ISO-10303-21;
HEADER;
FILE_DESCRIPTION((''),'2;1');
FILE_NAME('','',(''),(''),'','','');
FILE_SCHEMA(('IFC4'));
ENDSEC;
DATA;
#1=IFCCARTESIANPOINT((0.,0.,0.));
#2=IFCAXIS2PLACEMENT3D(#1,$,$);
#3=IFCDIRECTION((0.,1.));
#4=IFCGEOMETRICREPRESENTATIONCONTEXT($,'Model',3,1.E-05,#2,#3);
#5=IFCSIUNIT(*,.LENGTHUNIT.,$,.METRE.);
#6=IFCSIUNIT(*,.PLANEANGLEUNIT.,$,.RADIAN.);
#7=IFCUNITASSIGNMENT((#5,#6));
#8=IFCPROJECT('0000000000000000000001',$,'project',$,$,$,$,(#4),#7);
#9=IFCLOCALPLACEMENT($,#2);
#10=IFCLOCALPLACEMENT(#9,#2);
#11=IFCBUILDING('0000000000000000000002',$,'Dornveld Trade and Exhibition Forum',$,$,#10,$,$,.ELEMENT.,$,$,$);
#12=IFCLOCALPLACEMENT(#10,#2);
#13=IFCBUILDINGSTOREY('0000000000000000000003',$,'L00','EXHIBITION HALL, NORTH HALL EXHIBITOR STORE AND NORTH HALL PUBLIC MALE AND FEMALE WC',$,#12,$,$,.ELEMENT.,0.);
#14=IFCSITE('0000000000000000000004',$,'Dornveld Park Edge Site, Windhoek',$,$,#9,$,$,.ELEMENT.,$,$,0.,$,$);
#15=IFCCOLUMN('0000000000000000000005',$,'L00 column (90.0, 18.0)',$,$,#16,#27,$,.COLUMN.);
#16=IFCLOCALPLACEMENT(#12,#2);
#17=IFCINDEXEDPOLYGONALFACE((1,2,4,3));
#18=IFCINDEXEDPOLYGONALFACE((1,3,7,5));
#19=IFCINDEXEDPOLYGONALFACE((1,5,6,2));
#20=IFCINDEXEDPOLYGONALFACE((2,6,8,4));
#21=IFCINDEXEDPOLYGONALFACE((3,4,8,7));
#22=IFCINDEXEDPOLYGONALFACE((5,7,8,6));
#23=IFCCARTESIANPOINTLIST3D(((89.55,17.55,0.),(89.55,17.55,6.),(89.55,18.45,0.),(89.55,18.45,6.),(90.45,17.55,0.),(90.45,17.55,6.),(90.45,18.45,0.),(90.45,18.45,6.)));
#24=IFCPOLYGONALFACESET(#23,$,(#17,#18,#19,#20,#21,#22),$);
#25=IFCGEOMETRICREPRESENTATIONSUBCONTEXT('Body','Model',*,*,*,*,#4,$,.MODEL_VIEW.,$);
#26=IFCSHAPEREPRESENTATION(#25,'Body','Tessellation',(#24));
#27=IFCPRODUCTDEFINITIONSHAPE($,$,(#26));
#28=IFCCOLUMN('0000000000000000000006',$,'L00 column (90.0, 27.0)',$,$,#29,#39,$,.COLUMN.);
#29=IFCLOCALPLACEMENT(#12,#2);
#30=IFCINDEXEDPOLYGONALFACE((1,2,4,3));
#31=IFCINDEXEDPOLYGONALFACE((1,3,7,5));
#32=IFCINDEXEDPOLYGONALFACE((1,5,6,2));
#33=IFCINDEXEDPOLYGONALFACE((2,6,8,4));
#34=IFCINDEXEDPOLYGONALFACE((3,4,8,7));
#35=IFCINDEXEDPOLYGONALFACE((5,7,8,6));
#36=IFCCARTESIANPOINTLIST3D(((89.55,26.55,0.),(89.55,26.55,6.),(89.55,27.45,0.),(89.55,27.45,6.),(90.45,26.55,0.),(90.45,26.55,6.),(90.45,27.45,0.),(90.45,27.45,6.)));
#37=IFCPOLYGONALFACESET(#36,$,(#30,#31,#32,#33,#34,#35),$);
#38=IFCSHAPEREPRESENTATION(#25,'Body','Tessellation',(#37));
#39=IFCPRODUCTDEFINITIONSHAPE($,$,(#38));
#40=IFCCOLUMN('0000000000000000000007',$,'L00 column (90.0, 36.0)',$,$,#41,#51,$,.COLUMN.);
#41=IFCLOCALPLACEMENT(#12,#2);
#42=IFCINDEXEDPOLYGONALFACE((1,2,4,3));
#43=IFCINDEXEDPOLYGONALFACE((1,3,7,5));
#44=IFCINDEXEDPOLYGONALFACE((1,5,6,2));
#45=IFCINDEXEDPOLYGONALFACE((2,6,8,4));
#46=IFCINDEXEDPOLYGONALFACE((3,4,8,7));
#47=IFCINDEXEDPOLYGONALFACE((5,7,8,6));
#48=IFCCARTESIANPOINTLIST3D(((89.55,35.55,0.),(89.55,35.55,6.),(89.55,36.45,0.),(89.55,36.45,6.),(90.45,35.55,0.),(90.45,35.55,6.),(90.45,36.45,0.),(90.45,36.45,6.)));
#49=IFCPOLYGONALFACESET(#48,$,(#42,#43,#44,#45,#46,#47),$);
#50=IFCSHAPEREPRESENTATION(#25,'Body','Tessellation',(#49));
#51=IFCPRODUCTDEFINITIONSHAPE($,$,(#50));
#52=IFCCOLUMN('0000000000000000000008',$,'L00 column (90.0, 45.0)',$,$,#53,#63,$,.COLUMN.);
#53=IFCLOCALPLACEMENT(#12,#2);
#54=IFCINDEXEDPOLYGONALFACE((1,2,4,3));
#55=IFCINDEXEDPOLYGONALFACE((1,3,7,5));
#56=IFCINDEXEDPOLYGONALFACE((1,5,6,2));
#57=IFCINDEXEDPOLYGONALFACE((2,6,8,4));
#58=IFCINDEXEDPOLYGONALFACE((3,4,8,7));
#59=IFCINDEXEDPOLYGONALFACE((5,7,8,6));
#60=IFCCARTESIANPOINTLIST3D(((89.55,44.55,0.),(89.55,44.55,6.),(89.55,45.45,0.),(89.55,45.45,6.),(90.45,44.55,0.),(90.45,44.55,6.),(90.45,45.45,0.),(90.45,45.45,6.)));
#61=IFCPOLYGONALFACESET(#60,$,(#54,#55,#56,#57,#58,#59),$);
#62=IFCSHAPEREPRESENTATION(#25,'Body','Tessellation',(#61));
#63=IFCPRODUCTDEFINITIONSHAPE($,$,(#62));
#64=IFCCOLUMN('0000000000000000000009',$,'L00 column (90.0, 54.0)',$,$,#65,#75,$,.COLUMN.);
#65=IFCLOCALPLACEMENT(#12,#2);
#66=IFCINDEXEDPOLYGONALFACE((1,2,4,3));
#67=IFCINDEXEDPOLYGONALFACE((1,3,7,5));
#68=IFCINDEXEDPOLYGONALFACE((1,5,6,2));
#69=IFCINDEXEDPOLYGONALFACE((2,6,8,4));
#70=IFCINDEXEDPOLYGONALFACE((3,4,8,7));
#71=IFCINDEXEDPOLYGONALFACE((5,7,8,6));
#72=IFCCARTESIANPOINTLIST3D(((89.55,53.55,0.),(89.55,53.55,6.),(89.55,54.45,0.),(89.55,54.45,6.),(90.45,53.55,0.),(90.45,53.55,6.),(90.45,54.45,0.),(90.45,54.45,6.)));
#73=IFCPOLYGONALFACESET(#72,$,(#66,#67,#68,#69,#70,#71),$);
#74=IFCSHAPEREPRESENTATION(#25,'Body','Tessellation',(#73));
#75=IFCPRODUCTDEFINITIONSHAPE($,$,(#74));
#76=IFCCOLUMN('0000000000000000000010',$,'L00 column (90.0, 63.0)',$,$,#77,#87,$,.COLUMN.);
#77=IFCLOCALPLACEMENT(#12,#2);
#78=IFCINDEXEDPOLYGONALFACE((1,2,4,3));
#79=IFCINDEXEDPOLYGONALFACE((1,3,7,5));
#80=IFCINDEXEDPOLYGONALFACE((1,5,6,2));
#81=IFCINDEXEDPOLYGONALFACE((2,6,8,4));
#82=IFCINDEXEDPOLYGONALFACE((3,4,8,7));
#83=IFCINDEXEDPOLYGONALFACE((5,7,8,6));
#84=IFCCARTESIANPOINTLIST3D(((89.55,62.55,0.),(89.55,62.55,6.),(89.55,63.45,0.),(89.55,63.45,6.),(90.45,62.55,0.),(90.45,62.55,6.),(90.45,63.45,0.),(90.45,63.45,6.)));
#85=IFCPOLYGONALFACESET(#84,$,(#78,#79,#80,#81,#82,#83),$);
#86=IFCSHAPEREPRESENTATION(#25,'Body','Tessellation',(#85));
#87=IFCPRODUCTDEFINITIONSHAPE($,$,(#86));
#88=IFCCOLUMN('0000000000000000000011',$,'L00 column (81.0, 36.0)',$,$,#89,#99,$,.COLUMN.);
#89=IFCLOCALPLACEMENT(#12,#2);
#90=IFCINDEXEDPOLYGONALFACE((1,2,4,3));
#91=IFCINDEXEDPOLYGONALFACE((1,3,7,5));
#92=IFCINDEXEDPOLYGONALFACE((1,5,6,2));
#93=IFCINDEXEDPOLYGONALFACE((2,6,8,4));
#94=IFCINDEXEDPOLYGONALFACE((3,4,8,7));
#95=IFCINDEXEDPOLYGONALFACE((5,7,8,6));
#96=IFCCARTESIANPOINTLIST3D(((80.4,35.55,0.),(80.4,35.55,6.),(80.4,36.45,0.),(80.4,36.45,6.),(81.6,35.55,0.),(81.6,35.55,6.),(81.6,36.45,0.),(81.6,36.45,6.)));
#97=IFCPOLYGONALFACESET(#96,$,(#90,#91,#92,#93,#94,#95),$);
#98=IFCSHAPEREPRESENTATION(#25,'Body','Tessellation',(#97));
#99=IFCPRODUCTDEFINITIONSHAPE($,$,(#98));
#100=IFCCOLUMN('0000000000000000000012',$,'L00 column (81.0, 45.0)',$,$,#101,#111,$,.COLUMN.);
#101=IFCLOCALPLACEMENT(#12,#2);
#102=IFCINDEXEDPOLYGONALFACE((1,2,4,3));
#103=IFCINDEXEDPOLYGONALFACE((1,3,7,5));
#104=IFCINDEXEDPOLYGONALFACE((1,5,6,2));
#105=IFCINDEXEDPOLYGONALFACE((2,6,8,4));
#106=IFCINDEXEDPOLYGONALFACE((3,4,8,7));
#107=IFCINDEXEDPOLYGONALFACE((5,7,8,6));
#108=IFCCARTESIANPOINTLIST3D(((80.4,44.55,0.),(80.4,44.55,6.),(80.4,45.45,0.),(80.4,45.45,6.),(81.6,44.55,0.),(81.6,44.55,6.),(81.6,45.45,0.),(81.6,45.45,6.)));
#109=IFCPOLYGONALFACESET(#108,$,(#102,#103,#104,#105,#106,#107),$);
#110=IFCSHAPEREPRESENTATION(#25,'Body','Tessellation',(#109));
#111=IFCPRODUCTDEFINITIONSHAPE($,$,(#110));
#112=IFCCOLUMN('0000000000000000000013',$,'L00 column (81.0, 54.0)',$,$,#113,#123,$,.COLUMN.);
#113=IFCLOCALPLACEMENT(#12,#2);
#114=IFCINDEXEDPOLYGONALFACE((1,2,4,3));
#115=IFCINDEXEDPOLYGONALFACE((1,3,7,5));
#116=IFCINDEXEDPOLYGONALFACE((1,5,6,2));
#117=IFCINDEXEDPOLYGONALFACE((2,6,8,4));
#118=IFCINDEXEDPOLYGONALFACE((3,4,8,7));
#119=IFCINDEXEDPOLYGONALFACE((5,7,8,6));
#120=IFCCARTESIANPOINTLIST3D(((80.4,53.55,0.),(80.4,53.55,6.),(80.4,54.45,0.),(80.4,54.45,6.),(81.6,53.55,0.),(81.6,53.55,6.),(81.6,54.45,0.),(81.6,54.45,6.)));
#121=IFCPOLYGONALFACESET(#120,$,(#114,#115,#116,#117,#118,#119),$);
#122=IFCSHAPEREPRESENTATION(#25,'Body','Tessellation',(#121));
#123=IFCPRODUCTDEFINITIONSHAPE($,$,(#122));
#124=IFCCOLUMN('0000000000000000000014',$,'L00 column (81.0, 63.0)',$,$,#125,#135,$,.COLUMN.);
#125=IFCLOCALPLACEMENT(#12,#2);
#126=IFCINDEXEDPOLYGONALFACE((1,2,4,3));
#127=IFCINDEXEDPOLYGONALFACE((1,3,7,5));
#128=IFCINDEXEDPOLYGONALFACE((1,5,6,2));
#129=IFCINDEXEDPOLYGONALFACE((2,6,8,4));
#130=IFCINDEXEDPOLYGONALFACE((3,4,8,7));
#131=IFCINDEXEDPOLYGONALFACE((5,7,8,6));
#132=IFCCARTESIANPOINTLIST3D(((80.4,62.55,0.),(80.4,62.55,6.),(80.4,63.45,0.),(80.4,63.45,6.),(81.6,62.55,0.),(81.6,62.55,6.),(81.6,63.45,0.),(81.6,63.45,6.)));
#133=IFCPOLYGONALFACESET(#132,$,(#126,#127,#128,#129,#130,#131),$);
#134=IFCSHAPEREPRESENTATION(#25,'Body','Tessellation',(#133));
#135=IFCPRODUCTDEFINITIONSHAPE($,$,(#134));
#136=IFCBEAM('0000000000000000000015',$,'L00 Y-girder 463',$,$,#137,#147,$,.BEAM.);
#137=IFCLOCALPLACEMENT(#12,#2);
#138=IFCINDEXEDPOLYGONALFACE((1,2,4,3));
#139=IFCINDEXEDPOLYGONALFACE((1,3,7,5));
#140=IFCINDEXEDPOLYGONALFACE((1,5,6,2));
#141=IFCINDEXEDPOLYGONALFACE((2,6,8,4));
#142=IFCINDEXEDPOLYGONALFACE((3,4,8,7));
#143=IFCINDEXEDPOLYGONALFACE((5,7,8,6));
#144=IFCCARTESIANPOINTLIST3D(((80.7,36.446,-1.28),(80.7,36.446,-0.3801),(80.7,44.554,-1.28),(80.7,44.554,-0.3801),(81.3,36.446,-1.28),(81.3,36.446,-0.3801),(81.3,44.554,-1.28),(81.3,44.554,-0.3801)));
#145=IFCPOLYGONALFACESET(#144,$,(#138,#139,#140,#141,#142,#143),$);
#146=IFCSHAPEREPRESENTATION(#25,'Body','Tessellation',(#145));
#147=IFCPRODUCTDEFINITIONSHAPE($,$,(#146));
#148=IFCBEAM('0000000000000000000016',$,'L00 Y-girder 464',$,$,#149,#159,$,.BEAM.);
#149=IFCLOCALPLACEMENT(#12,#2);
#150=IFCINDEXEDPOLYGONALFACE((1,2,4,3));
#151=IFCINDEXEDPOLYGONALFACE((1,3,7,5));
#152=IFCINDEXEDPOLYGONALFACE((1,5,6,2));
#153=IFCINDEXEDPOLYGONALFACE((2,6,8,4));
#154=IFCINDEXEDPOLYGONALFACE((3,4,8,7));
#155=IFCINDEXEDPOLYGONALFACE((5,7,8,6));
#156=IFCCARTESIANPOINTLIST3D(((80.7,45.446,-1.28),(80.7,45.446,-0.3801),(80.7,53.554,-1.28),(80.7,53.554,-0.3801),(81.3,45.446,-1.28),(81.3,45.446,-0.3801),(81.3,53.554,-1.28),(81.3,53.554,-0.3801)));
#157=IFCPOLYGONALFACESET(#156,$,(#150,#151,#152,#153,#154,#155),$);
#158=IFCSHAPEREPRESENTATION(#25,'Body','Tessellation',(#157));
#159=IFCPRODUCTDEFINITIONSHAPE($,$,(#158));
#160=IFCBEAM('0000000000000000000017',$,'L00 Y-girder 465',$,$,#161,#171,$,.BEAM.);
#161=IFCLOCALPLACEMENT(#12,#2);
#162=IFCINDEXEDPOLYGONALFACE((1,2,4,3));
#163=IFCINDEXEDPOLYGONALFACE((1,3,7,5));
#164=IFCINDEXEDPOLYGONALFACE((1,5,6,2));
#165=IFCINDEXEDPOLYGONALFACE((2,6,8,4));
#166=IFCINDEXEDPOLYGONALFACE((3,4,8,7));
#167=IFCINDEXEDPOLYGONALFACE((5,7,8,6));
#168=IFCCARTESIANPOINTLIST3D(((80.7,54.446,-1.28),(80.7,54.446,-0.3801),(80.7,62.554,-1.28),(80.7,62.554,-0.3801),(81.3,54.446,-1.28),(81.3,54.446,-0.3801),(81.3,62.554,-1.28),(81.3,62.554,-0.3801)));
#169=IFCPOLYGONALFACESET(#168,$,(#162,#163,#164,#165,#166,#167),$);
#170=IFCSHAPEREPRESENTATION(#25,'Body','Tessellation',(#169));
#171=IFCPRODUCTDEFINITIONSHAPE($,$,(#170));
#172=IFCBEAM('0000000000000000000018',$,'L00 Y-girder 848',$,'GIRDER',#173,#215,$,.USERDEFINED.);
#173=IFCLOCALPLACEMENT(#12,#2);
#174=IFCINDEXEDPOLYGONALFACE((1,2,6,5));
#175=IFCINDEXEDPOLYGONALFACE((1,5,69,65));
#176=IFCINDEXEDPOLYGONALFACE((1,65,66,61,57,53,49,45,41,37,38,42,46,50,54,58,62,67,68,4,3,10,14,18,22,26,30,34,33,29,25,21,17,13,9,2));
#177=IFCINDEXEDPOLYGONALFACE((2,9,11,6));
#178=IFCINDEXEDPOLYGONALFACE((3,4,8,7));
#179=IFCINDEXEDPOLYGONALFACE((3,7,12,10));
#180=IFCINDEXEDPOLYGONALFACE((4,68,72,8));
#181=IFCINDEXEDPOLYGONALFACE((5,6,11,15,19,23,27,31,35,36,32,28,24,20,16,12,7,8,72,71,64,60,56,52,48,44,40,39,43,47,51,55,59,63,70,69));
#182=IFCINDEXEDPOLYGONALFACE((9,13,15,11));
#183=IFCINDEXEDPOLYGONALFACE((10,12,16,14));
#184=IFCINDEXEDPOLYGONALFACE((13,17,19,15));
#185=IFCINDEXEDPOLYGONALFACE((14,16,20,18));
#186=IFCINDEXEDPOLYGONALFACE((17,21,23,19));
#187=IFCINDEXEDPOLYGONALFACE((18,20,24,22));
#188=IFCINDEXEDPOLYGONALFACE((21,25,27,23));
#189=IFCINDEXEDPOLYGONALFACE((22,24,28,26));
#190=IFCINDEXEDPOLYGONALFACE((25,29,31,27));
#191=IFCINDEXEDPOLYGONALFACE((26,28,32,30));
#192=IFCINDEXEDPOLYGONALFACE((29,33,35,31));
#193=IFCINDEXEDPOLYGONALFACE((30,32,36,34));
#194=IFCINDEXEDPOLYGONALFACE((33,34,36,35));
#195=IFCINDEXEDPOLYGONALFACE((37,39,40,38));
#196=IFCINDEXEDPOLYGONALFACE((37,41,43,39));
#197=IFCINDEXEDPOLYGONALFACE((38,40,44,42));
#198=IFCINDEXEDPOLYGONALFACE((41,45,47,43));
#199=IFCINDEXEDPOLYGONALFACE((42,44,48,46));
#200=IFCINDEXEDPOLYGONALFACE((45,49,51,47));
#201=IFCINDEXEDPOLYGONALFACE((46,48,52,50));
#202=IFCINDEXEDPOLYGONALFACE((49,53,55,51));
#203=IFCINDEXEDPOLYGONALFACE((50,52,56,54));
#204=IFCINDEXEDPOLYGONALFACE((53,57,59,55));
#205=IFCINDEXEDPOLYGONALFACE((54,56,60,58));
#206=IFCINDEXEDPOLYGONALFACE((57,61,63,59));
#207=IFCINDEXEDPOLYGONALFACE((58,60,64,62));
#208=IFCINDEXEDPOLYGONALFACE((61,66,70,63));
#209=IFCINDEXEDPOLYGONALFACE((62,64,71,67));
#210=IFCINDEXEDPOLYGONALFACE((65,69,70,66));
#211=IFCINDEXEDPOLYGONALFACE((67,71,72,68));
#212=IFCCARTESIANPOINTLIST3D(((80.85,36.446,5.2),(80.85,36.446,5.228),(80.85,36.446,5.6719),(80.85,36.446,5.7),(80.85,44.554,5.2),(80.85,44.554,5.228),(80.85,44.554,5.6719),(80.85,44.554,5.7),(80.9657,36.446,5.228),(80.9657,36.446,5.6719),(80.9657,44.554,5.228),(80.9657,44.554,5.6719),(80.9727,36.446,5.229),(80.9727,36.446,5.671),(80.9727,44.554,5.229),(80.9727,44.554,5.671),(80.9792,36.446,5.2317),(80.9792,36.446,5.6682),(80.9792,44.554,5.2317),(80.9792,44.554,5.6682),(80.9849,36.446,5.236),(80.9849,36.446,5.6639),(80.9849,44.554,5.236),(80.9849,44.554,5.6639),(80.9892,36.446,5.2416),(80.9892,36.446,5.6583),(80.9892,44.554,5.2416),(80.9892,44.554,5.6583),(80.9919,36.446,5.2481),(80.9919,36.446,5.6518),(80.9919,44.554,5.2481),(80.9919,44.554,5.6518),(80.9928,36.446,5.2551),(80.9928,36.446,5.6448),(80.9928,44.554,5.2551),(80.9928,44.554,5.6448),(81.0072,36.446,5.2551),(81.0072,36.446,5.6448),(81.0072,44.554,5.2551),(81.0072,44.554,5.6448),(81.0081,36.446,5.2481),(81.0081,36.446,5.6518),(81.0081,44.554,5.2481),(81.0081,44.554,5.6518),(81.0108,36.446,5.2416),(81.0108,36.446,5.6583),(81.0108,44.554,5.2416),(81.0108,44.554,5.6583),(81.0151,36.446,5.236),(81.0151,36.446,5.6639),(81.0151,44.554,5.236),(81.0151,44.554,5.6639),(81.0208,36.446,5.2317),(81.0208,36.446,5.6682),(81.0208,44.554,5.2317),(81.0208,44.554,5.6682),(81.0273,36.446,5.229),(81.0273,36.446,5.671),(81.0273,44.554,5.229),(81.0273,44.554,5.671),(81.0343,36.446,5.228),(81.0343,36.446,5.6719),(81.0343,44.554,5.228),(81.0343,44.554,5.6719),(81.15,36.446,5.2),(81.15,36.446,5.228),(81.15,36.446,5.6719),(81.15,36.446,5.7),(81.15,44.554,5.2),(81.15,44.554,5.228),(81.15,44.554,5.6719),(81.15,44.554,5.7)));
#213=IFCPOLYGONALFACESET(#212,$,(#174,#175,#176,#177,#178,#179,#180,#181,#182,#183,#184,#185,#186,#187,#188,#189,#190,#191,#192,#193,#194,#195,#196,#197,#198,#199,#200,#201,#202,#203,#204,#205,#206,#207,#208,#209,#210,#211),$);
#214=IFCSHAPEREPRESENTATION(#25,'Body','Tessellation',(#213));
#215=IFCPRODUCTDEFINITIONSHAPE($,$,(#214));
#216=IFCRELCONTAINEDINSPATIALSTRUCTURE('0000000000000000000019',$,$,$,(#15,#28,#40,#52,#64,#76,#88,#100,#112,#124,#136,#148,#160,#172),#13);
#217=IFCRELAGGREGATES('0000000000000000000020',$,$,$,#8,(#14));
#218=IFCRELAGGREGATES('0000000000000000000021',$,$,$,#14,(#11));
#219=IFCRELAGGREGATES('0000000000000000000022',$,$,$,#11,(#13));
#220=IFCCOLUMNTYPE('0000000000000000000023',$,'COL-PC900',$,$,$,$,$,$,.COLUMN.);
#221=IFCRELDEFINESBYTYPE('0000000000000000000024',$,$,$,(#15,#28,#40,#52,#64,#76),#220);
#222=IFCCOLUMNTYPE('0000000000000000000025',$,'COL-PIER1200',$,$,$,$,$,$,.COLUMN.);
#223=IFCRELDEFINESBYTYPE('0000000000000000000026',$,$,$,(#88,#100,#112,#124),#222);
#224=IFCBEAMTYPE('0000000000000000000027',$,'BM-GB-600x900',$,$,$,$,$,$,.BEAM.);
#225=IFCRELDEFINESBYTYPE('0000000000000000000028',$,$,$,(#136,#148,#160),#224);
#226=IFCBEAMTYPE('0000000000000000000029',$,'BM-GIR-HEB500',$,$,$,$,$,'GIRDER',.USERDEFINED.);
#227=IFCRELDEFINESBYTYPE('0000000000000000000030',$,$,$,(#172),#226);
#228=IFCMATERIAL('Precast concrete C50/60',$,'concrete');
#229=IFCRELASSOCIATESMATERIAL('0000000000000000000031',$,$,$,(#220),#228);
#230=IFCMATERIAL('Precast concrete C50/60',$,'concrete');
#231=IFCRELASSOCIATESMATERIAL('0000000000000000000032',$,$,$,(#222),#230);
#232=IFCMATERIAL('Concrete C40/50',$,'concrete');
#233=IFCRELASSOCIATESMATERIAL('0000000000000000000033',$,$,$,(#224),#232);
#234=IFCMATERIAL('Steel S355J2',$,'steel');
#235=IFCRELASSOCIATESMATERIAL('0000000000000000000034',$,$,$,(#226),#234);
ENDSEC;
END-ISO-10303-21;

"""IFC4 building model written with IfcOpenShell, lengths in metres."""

from ifc_helpers import new_model, si_unit, direction, frame, origin, origin_2d, place, context, subcontext, project, spatial, rectangle, i_section, extrude, material, material_profile, profile_set, type_object, element, save


model = new_model("IFC4")

# Units and contexts
model_context = context("Model", 3, precision=1e-05, world=origin(), true_north=direction((0.0, 1.0)))
body_context = subcontext(model_context, "Body", "Model", "MODEL_VIEW")
ifc_project = project(units=[si_unit("LENGTHUNIT", "METRE"), si_unit("PLANEANGLEUNIT", "RADIAN")], contexts=[model_context])

# Site, building, storey
site_placement = place(None, origin())
site = spatial("IfcSite", under=ifc_project, at=site_placement, Name="Dornveld Park Edge Site, Windhoek", CompositionType="ELEMENT", RefElevation=0.0)
building_placement = place(site_placement, origin())
building = spatial("IfcBuilding", under=site, at=building_placement, Name="Dornveld Trade and Exhibition Forum", CompositionType="ELEMENT")
storey_placement = place(building_placement, origin())
storey = spatial("IfcBuildingStorey", under=building, at=storey_placement, Name="L00", Description="EXHIBITION HALL, NORTH HALL EXHIBITOR STORE AND NORTH HALL PUBLIC MALE AND FEMALE WC", CompositionType="ELEMENT", Elevation=0.0)

# Columns
ifc_material_1 = material(Name="Precast concrete C50/60", Category="concrete")
ifc_material_profile_1 = material_profile(ifc_material_1, rectangle(XDim=0.8999, YDim=0.8999, at=origin_2d()), Name="PC-COL 900x900")
ifc_profile_set_1 = profile_set([ifc_material_profile_1], Name="Precast concrete C50/60")
column_type_1 = type_object("IfcColumnType", Name="COL-PC900", PredefinedType="COLUMN", material=ifc_profile_set_1)
for number, where, z_axis, x_axis, name in (
    (1, (90.0, 18.0, 0.0), (0.0, 0.0, 1.0), (1.0, 0.0, 0.0), "L00 column (90.0, 18.0)"),
    (2, (90.0, 27.0, 0.0), (0.0, 0.0, 1.0), (1.0, 0.0, 0.0), "L00 column (90.0, 27.0)"),
    (3, (90.0, 36.0, 0.0), (0.0, 0.0, 1.0), (1.0, 0.0, 0.0), "L00 column (90.0, 36.0)"),
    (4, (90.0, 45.0, 0.0), (0.0, 0.0, 1.0), (1.0, 0.0, 0.0), "L00 column (90.0, 45.0)"),
    (5, (90.0, 54.0, 0.0), (0.0, 0.0, 1.0), (1.0, 0.0, 0.0), "L00 column (90.0, 54.0)"),
    (6, (90.0, 63.0, 0.0), (0.0, 0.0, 1.0), (1.0, 0.0, 0.0), "L00 column (90.0, 63.0)"),
):
    element("IfcColumn", number, at=place(storey_placement, frame(where, z_axis=z_axis, x_axis=x_axis)), inside=storey, type_object=column_type_1, Name=name, PredefinedType="COLUMN", context=body_context, shape_type="SweptSolid", body=[
        extrude(rectangle(XDim=0.8999, YDim=0.8999, at=origin_2d()), origin(), (0.0, 0.0, 1.0), 6.0),
    ])
ifc_material_2 = material(Name="Precast concrete C50/60", Category="concrete")
ifc_material_profile_2 = material_profile(ifc_material_2, rectangle(XDim=1.2, YDim=0.8999, at=origin_2d()), Name="PC-PIER 1200x900")
ifc_profile_set_2 = profile_set([ifc_material_profile_2], Name="Precast concrete C50/60")
column_type_2 = type_object("IfcColumnType", Name="COL-PIER1200", PredefinedType="COLUMN", material=ifc_profile_set_2)
for number, where, z_axis, x_axis, name in (
    (7, (81.0, 36.0, 0.0), (0.0, 0.0, 1.0), (1.0, 0.0, 0.0), "L00 column (81.0, 36.0)"),
    (8, (81.0, 45.0, 0.0), (0.0, 0.0, 1.0), (1.0, 0.0, 0.0), "L00 column (81.0, 45.0)"),
    (9, (81.0, 54.0, 0.0), (0.0, 0.0, 1.0), (1.0, 0.0, 0.0), "L00 column (81.0, 54.0)"),
    (10, (81.0, 63.0, 0.0), (0.0, 0.0, 1.0), (1.0, 0.0, 0.0), "L00 column (81.0, 63.0)"),
):
    element("IfcColumn", number, at=place(storey_placement, frame(where, z_axis=z_axis, x_axis=x_axis)), inside=storey, type_object=column_type_2, Name=name, PredefinedType="COLUMN", context=body_context, shape_type="SweptSolid", body=[
        extrude(rectangle(XDim=1.2, YDim=0.8999, at=origin_2d()), origin(), (0.0, 0.0, 1.0), 6.0),
    ])

# Beams
ifc_material_3 = material(Name="Concrete C40/50", Category="concrete")
ifc_material_profile_3 = material_profile(ifc_material_3, rectangle(XDim=0.6001, YDim=0.8999, at=origin_2d()), Name="RC-GB 600x900")
ifc_profile_set_3 = profile_set([ifc_material_profile_3], Name="Concrete C40/50")
beam_type_1 = type_object("IfcBeamType", Name="BM-GB-600x900", PredefinedType="BEAM", material=ifc_profile_set_3)
for number, where, z_axis, x_axis, name in (
    (11, (81.0, 36.446, -0.8301), (0.0, 1.0, 0.0), (-1.0, 0.0, 0.0), "L00 Y-girder 463"),
    (12, (81.0, 45.446, -0.8301), (0.0, 1.0, 0.0), (-1.0, 0.0, 0.0), "L00 Y-girder 464"),
    (13, (81.0, 54.446, -0.8301), (0.0, 1.0, 0.0), (-1.0, 0.0, 0.0), "L00 Y-girder 465"),
):
    element("IfcBeam", number, at=place(storey_placement, frame(where, z_axis=z_axis, x_axis=x_axis)), inside=storey, type_object=beam_type_1, Name=name, PredefinedType="BEAM", context=body_context, shape_type="SweptSolid", body=[
        extrude(rectangle(XDim=0.6001, YDim=0.8999, at=origin_2d()), origin(), (0.0, 0.0, 1.0), 8.1079),
    ])
ifc_material_4 = material(Name="Steel S355J2", Category="steel")
ifc_material_profile_4 = material_profile(ifc_material_4, i_section(OverallWidth=0.3, OverallDepth=0.5, WebThickness=0.0144, FlangeThickness=0.0281, FilletRadius=0.0271, at=origin_2d()), Name="HEB 500")
ifc_profile_set_4 = profile_set([ifc_material_profile_4], Name="Steel S355J2")
beam_type_2 = type_object("IfcBeamType", Name="BM-GIR-HEB500", ElementType="GIRDER", PredefinedType="USERDEFINED", material=ifc_profile_set_4)
for number, where, z_axis, x_axis, name in (
    (14, (81.0, 36.446, 5.45), (0.0, 1.0, 0.0), (-1.0, 0.0, 0.0), "L00 Y-girder 848"),
):
    element("IfcBeam", number, at=place(storey_placement, frame(where, z_axis=z_axis, x_axis=x_axis)), inside=storey, type_object=beam_type_2, Name=name, ObjectType="GIRDER", PredefinedType="USERDEFINED", context=body_context, shape_type="SweptSolid", body=[
        extrude(i_section(OverallWidth=0.3, OverallDepth=0.5, WebThickness=0.0144, FlangeThickness=0.0281, FilletRadius=0.0271, at=origin_2d()), origin(), (0.0, 0.0, 1.0), 8.1079),
    ])

save(model, "model.ifc")
